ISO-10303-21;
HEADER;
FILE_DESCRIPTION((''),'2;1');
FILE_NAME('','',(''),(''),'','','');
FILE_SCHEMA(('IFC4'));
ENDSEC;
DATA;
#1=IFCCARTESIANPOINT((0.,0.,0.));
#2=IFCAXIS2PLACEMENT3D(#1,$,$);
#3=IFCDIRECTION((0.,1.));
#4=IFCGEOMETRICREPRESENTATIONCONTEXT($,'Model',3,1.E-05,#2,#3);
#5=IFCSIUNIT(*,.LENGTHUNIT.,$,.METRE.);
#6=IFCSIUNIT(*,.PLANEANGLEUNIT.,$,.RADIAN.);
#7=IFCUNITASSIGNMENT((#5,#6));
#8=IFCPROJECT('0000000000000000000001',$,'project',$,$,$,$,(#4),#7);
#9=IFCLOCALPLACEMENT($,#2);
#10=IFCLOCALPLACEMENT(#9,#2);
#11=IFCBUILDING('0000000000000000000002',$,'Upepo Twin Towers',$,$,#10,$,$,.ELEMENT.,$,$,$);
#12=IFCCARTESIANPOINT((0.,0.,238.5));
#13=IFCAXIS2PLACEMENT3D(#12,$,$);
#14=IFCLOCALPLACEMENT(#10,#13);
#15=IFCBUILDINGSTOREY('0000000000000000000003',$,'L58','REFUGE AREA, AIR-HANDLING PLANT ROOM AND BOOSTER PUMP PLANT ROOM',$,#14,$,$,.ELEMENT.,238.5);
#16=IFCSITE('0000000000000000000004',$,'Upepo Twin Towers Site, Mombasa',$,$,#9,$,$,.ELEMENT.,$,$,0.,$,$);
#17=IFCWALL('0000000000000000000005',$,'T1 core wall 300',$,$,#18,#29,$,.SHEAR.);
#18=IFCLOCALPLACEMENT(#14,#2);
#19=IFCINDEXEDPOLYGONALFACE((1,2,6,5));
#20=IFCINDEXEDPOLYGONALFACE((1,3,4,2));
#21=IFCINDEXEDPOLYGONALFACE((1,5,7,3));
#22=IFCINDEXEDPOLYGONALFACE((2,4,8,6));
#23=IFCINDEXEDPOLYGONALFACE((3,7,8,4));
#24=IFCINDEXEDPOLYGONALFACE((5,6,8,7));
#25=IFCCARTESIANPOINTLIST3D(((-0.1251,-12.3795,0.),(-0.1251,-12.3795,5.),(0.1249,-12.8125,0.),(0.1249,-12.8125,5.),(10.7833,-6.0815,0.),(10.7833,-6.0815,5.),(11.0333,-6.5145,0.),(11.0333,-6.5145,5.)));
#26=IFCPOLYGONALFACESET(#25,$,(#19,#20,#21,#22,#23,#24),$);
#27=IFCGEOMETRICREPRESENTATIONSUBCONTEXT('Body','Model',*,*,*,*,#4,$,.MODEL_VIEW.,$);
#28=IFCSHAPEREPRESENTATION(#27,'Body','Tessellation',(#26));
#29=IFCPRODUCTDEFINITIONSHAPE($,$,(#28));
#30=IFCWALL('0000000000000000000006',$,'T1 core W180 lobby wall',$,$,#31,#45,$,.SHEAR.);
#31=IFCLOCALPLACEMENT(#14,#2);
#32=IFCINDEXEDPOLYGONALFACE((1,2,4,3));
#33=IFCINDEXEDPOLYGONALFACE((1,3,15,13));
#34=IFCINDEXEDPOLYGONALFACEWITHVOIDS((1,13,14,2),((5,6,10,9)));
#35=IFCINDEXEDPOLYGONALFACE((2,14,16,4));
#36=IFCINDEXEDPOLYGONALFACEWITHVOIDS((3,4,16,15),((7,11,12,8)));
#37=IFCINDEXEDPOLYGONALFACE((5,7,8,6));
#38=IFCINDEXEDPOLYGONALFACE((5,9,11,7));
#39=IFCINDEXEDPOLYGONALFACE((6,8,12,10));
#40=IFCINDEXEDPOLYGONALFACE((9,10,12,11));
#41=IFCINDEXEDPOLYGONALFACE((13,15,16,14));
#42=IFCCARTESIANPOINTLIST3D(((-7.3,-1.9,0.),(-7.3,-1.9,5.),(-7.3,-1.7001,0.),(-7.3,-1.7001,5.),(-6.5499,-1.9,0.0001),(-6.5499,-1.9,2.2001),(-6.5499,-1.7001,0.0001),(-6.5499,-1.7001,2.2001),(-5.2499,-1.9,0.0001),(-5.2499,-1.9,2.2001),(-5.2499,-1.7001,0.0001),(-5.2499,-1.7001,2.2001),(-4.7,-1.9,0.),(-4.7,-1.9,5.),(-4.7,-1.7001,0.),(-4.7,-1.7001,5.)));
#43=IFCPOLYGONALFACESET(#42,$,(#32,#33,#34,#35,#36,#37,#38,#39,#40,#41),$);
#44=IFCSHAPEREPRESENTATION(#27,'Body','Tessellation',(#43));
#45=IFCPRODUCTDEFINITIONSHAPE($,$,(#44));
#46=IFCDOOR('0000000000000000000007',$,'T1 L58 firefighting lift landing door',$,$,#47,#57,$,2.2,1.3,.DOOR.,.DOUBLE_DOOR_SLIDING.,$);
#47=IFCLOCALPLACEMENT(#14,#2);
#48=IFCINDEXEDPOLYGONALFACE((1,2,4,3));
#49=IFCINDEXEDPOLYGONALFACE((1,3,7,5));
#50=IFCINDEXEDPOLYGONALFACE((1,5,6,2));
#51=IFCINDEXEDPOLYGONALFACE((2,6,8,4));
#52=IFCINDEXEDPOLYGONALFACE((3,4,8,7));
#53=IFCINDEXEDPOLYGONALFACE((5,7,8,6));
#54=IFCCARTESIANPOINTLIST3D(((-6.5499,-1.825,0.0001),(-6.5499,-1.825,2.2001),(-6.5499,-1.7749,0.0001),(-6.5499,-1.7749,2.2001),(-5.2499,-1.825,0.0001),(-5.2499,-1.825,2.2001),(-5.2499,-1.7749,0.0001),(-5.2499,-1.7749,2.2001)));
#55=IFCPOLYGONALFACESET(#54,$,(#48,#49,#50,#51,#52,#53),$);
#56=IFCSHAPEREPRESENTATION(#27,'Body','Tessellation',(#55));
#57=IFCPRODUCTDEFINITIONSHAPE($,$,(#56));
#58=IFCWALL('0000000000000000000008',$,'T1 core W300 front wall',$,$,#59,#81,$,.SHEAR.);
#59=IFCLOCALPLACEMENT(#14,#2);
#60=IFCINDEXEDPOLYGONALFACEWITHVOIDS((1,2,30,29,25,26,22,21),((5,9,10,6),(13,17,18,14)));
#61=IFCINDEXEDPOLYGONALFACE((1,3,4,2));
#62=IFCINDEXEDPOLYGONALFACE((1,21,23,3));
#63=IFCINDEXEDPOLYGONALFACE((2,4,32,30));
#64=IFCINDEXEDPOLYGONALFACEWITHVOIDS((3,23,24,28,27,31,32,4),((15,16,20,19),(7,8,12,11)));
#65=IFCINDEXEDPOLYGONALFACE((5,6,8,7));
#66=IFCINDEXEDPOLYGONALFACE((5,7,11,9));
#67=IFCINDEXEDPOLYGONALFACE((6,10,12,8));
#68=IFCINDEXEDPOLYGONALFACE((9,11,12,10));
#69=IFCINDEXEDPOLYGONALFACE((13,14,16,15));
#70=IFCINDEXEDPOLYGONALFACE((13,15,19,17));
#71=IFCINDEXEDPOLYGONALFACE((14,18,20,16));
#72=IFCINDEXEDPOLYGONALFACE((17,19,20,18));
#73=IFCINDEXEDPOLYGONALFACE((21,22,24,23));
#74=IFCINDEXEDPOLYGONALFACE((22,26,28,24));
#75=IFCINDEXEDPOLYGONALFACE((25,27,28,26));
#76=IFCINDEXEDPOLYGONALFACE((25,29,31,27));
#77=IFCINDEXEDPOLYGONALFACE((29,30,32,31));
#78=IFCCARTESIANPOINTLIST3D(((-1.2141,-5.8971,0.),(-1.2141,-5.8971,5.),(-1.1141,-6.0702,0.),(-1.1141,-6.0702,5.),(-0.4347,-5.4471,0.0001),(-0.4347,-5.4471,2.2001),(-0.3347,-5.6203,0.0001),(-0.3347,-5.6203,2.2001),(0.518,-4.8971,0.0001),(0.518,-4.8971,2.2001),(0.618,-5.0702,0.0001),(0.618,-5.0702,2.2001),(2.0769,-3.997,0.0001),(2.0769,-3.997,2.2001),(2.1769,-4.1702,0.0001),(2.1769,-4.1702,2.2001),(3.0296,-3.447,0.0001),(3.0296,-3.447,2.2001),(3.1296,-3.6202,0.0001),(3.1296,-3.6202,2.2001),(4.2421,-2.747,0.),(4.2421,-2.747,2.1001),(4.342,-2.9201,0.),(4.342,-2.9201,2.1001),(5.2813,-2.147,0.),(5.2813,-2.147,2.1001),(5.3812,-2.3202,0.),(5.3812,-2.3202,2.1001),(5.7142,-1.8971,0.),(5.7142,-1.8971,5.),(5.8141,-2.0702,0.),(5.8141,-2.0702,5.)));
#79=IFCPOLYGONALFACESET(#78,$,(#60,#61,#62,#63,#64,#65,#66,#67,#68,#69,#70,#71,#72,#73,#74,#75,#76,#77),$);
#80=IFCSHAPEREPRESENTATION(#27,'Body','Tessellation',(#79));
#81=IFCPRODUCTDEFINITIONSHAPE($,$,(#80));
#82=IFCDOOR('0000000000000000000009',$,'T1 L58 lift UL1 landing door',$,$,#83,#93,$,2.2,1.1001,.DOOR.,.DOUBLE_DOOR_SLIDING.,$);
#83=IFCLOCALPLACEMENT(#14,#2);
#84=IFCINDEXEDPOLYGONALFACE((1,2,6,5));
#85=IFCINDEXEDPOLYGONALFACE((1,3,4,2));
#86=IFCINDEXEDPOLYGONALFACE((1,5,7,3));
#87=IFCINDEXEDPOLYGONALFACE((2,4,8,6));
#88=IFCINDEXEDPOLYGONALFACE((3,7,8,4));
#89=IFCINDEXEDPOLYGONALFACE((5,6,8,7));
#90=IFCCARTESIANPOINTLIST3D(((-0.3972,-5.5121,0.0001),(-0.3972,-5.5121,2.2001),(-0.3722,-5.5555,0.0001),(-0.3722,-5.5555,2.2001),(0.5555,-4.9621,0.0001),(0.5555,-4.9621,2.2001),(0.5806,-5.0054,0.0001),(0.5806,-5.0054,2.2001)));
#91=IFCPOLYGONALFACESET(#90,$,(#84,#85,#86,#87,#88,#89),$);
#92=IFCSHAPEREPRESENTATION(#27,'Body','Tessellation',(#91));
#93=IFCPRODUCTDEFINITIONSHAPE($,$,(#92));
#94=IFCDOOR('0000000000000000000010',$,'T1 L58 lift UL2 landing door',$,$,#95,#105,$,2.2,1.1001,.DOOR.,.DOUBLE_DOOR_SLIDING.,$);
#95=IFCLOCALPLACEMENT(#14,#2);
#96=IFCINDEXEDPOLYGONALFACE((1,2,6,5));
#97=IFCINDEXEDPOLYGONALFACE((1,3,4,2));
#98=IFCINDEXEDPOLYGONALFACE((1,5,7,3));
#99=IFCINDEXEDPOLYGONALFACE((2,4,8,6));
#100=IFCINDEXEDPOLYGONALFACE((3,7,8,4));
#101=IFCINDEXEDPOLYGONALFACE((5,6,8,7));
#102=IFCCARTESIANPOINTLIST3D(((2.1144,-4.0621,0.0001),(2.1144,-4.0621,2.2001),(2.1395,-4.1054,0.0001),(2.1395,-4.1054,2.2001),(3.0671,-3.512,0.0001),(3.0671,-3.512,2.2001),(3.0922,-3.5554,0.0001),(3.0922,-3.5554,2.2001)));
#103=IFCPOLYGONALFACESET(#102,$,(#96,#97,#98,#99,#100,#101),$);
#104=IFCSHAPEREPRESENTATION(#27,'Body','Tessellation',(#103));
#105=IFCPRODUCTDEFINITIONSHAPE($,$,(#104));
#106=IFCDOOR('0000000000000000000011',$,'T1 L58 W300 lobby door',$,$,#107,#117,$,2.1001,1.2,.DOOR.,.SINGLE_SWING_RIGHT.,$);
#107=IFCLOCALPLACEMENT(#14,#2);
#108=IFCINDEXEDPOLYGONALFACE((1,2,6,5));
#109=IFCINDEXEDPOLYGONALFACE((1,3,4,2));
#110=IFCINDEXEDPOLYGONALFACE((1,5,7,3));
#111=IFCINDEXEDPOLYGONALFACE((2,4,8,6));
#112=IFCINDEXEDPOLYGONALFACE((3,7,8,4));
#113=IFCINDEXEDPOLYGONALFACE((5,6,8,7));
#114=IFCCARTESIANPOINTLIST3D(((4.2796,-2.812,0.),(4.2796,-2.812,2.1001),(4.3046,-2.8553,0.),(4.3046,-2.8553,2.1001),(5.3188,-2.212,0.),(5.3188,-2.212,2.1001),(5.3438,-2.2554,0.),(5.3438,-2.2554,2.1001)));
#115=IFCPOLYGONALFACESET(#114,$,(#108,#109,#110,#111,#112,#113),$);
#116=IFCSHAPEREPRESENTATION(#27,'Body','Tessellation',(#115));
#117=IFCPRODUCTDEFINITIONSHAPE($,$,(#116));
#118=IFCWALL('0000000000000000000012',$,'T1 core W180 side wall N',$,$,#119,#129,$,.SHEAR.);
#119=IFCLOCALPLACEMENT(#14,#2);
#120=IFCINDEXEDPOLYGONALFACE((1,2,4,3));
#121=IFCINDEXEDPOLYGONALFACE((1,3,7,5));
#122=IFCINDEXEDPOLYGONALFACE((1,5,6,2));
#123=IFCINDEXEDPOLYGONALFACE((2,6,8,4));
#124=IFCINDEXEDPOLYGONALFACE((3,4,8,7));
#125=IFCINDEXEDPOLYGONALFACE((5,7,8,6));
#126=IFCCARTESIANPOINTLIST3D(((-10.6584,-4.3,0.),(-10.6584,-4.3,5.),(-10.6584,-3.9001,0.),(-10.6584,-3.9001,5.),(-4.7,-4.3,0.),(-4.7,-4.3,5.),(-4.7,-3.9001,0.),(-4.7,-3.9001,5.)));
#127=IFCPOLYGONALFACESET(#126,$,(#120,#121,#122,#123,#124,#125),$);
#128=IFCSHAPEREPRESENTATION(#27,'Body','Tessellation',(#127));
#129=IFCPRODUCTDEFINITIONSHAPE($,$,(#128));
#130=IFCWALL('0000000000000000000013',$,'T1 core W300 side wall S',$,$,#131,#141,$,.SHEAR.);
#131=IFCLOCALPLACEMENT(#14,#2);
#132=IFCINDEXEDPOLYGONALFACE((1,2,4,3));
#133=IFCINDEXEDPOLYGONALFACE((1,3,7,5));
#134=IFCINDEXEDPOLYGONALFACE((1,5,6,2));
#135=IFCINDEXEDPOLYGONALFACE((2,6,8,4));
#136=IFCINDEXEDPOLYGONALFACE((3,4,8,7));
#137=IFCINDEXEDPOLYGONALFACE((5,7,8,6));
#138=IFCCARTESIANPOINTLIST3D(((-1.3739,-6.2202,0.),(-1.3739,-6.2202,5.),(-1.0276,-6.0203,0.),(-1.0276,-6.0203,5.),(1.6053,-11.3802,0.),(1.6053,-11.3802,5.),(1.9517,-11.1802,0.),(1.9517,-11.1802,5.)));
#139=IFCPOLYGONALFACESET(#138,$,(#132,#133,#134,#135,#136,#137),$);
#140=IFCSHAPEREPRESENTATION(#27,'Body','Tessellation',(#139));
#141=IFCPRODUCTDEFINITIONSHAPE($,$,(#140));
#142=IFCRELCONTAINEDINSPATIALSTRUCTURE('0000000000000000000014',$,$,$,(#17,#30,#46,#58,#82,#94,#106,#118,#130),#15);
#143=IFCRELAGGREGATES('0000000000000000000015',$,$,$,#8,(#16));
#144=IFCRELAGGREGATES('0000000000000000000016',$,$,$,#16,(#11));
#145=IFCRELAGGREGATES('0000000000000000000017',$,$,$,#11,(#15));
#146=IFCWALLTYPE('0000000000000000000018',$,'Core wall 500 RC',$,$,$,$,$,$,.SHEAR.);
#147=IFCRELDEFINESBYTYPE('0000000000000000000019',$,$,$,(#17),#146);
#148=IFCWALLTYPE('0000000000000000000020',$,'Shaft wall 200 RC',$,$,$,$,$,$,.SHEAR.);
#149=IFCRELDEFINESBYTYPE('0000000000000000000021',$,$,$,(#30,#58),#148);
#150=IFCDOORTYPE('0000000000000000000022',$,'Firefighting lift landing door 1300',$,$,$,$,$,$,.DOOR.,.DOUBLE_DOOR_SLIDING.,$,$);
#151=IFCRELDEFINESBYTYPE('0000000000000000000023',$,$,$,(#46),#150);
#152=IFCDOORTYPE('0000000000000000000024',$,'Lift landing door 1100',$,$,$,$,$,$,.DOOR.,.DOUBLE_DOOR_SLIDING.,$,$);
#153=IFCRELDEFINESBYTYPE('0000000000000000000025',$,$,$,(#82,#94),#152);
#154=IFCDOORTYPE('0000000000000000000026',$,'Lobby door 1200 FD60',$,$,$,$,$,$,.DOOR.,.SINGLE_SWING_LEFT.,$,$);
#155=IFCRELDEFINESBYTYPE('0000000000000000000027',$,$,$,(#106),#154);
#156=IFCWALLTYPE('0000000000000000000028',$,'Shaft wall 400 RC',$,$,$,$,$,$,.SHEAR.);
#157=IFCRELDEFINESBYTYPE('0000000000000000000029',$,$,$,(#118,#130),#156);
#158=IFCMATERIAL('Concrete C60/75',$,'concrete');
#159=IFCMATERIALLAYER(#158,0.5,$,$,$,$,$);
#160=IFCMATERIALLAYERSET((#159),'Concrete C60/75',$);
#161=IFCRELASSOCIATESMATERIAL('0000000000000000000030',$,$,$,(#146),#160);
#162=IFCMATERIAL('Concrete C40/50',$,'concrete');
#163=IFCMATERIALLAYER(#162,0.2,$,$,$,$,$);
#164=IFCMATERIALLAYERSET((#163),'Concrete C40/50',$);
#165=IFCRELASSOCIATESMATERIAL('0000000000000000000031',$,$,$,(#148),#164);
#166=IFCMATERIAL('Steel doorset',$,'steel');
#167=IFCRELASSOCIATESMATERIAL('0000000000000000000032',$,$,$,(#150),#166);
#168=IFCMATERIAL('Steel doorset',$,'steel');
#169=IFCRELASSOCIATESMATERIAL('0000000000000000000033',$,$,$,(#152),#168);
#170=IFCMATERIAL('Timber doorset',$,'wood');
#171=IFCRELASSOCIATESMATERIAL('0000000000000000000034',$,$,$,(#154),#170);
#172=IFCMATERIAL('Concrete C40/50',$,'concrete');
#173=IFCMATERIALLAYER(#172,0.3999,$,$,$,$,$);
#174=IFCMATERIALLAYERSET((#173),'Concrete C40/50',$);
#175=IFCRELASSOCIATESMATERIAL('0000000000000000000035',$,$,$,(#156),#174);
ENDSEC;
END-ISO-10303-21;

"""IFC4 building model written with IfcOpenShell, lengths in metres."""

from ifc_helpers import new_model, si_unit, direction, frame, frame_2d, origin, place, context, subcontext, project, spatial, rectangle, extrude, material, layer, layer_set, type_object, element, fill, save


model = new_model("IFC4")

# Units and contexts
model_context = context("Model", 3, precision=1e-05, world=origin(), true_north=direction((0.0, 1.0)))
body_context = subcontext(model_context, "Body", "Model", "MODEL_VIEW")
ifc_project = project(units=[si_unit("LENGTHUNIT", "METRE"), si_unit("PLANEANGLEUNIT", "RADIAN")], contexts=[model_context])

# Site, building, storey
site_placement = place(None, origin())
site = spatial("IfcSite", under=ifc_project, at=site_placement, Name="Upepo Twin Towers Site, Mombasa", CompositionType="ELEMENT", RefElevation=0.0)
building_placement = place(site_placement, origin())
building = spatial("IfcBuilding", under=site, at=building_placement, Name="Upepo Twin Towers", CompositionType="ELEMENT")
storey_placement = place(building_placement, frame((0.0, 0.0, 238.5)))
storey = spatial("IfcBuildingStorey", under=building, at=storey_placement, Name="L58", Description="REFUGE AREA, AIR-HANDLING PLANT ROOM AND BOOSTER PUMP PLANT ROOM", CompositionType="ELEMENT", Elevation=238.5)

# Wall
ifc_material_1 = material(Name="Concrete C60/75", Category="concrete")
ifc_layer_1 = layer(ifc_material_1, 0.5)
ifc_layer_set_1 = layer_set([ifc_layer_1], Name="Concrete C60/75")
wall_type_1 = type_object("IfcWallType", Name="Core wall 500 RC", PredefinedType="SHEAR", material=ifc_layer_set_1)
wall_1_placement = place(storey_placement, frame((0.0, -12.5959, 0.0), z_axis=(0.0, 0.0, 1.0), x_axis=(0.866022, 0.500006, 0.0)))
element("IfcWall", 1, at=wall_1_placement, inside=storey, type_object=wall_type_1, Name="T1 core wall 300", PredefinedType="SHEAR", context=body_context, shape_type="SweptSolid", body=[
    extrude(rectangle(XDim=12.5959, YDim=0.5, at=frame_2d((6.2979, 0.0))), origin(), (0.0, 0.0, 1.0), 5.0),
])

# Wall, opening, door
ifc_material_2 = material(Name="Concrete C40/50", Category="concrete")
ifc_layer_2 = layer(ifc_material_2, 0.2)
ifc_layer_set_2 = layer_set([ifc_layer_2], Name="Concrete C40/50")
wall_type_2 = type_object("IfcWallType", Name="Shaft wall 200 RC", PredefinedType="SHEAR", material=ifc_layer_set_2)
wall_2_placement = place(storey_placement, frame((-4.7, -1.8, 0.0), z_axis=(0.0, 0.0, 1.0), x_axis=(-1.0, 0.0, 0.0)))
wall_2 = element("IfcWall", 2, at=wall_2_placement, inside=storey, type_object=wall_type_2, Name="T1 core W180 lobby wall", PredefinedType="SHEAR", context=body_context, shape_type="SweptSolid", body=[
    extrude(rectangle(XDim=2.6001, YDim=0.2, at=frame_2d((1.3, 0.0))), origin(), (0.0, 0.0, 1.0), 5.0),
])
opening_1_placement = place(wall_2_placement, frame((0.55, 0.0, 0.0)))
opening_1 = element("IfcOpeningElement", 3, at=opening_1_placement, cuts=wall_2, PredefinedType="OPENING", context=body_context, shape_type="SweptSolid", body=[
    extrude(rectangle(XDim=1.3, YDim=2.2, at=frame_2d((0.6499, 1.1001))), frame((0.0, 0.1099, 0.0), z_axis=(0.0, -1.0, 0.0), x_axis=(1.0, 0.0, 0.0)), (0.0, 0.0, 1.0), 0.22),
])
ifc_material_3 = material(Name="Steel doorset", Category="steel")
door_type_1 = type_object("IfcDoorType", Name="Firefighting lift landing door 1300", OperationType="DOUBLE_DOOR_SLIDING", PredefinedType="DOOR", material=ifc_material_3)
door_1_placement = place(opening_1_placement, origin())
door_1 = element("IfcDoor", 4, at=door_1_placement, inside=storey, type_object=door_type_1, Name="T1 L58 firefighting lift landing door", OperationType="DOUBLE_DOOR_SLIDING", OverallHeight=2.2, OverallWidth=1.3, PredefinedType="DOOR", context=body_context, shape_type="SweptSolid", body=[
    extrude(rectangle(XDim=1.3, YDim=2.2, at=frame_2d((0.6499, 1.1001))), frame((0.0, 0.0249, 0.0), z_axis=(0.0, -1.0, 0.0), x_axis=(1.0, 0.0, 0.0)), (0.0, 0.0, 1.0), 0.05),
])
fill(opening_1, door_1)

# Wall, openings, doors
wall_3_placement = place(storey_placement, frame((-1.1641, -5.9836, 0.0), z_axis=(0.0, 0.0, 1.0), x_axis=(0.866026, 0.499999, 0.0)))
wall_3 = element("IfcWall", 5, at=wall_3_placement, inside=storey, type_object=wall_type_2, Name="T1 core W300 front wall", PredefinedType="SHEAR", context=body_context, shape_type="SweptSolid", body=[
    extrude(rectangle(XDim=8.0, YDim=0.2, at=frame_2d((4.0, 0.0))), origin(), (0.0, 0.0, 1.0), 5.0),
])
opening_2_placement = place(wall_3_placement, frame((6.3, 0.0, 0.0)))
opening_2 = element("IfcOpeningElement", 6, at=opening_2_placement, cuts=wall_3, PredefinedType="OPENING", context=body_context, shape_type="SweptSolid", body=[
    extrude(rectangle(XDim=1.2, YDim=2.1001, at=frame_2d((0.6001, 1.05))), frame((0.0, 0.1099, 0.0), z_axis=(0.0, -1.0, 0.0), x_axis=(1.0, 0.0, 0.0)), (0.0, 0.0, 1.0), 0.22),
])
opening_3_placement = place(wall_3_placement, frame((0.8999, 0.0, 0.0)))
opening_3 = element("IfcOpeningElement", 7, at=opening_3_placement, cuts=wall_3, PredefinedType="OPENING", context=body_context, shape_type="SweptSolid", body=[
    extrude(rectangle(XDim=1.1001, YDim=2.2, at=frame_2d((0.55, 1.1001))), frame((0.0, 0.1099, 0.0), z_axis=(0.0, -1.0, 0.0), x_axis=(1.0, 0.0, 0.0)), (0.0, 0.0, 1.0), 0.22),
])
opening_4_placement = place(wall_3_placement, frame((3.8, 0.0, 0.0)))
opening_4 = element("IfcOpeningElement", 8, at=opening_4_placement, cuts=wall_3, PredefinedType="OPENING", context=body_context, shape_type="SweptSolid", body=[
    extrude(rectangle(XDim=1.1001, YDim=2.2, at=frame_2d((0.55, 1.1001))), frame((0.0, 0.1099, 0.0), z_axis=(0.0, -1.0, 0.0), x_axis=(1.0, 0.0, 0.0)), (0.0, 0.0, 1.0), 0.22),
])
ifc_material_4 = material(Name="Steel doorset", Category="steel")
door_type_2 = type_object("IfcDoorType", Name="Lift landing door 1100", OperationType="DOUBLE_DOOR_SLIDING", PredefinedType="DOOR", material=ifc_material_4)
door_2_placement = place(opening_3_placement, origin())
door_2 = element("IfcDoor", 9, at=door_2_placement, inside=storey, type_object=door_type_2, Name="T1 L58 lift UL1 landing door", OperationType="DOUBLE_DOOR_SLIDING", OverallHeight=2.2, OverallWidth=1.1001, PredefinedType="DOOR", context=body_context, shape_type="SweptSolid", body=[
    extrude(rectangle(XDim=1.1001, YDim=2.2, at=frame_2d((0.55, 1.1001))), frame((0.0, 0.0249, 0.0), z_axis=(0.0, -1.0, 0.0), x_axis=(1.0, 0.0, 0.0)), (0.0, 0.0, 1.0), 0.05),
])
fill(opening_3, door_2)
door_3_placement = place(opening_4_placement, origin())
door_3 = element("IfcDoor", 10, at=door_3_placement, inside=storey, type_object=door_type_2, Name="T1 L58 lift UL2 landing door", OperationType="DOUBLE_DOOR_SLIDING", OverallHeight=2.2, OverallWidth=1.1001, PredefinedType="DOOR", context=body_context, shape_type="SweptSolid", body=[
    extrude(rectangle(XDim=1.1001, YDim=2.2, at=frame_2d((0.55, 1.1001))), frame((0.0, 0.0249, 0.0), z_axis=(0.0, -1.0, 0.0), x_axis=(1.0, 0.0, 0.0)), (0.0, 0.0, 1.0), 0.05),
])
fill(opening_4, door_3)
ifc_material_5 = material(Name="Timber doorset", Category="wood")
door_type_3 = type_object("IfcDoorType", Name="Lobby door 1200 FD60", OperationType="SINGLE_SWING_LEFT", PredefinedType="DOOR", material=ifc_material_5)
door_4_placement = place(opening_2_placement, origin())
door_4 = element("IfcDoor", 11, at=door_4_placement, inside=storey, type_object=door_type_3, Name="T1 L58 W300 lobby door", OperationType="SINGLE_SWING_RIGHT", OverallHeight=2.1001, OverallWidth=1.2, PredefinedType="DOOR", context=body_context, shape_type="SweptSolid", body=[
    extrude(rectangle(XDim=1.2, YDim=2.1001, at=frame_2d((0.6001, 1.05))), frame((0.0, 0.0249, 0.0), z_axis=(0.0, -1.0, 0.0), x_axis=(1.0, 0.0, 0.0)), (0.0, 0.0, 1.0), 0.05),
])
fill(opening_2, door_4)

# Walls
ifc_material_6 = material(Name="Concrete C40/50", Category="concrete")
ifc_layer_3 = layer(ifc_material_6, 0.3999)
ifc_layer_set_3 = layer_set([ifc_layer_3], Name="Concrete C40/50")
wall_type_3 = type_object("IfcWallType", Name="Shaft wall 400 RC", PredefinedType="SHEAR", material=ifc_layer_set_3)
wall_4_placement = place(storey_placement, frame((-4.7, -4.1001, 0.0), z_axis=(0.0, 0.0, 1.0), x_axis=(-1.0, 0.0, 0.0)))
element("IfcWall", 12, at=wall_4_placement, inside=storey, type_object=wall_type_3, Name="T1 core W180 side wall N", PredefinedType="SHEAR", context=body_context, shape_type="SweptSolid", body=[
    extrude(rectangle(XDim=5.9585, YDim=0.3999, at=frame_2d((2.9792, 0.0))), origin(), (0.0, 0.0, 1.0), 5.0),
])
wall_5_placement = place(storey_placement, frame((-1.2007, -6.1204, 0.0), z_axis=(0.0, 0.0, 1.0), x_axis=(0.500022, -0.866013, 0.0)))
element("IfcWall", 13, at=wall_5_placement, inside=storey, type_object=wall_type_3, Name="T1 core W300 side wall S", PredefinedType="SHEAR", context=body_context, shape_type="SweptSolid", body=[
    extrude(rectangle(XDim=5.9583, YDim=0.3999, at=frame_2d((2.979, 0.0))), origin(), (0.0, 0.0, 1.0), 5.0),
])

save(model, "model.ifc")
